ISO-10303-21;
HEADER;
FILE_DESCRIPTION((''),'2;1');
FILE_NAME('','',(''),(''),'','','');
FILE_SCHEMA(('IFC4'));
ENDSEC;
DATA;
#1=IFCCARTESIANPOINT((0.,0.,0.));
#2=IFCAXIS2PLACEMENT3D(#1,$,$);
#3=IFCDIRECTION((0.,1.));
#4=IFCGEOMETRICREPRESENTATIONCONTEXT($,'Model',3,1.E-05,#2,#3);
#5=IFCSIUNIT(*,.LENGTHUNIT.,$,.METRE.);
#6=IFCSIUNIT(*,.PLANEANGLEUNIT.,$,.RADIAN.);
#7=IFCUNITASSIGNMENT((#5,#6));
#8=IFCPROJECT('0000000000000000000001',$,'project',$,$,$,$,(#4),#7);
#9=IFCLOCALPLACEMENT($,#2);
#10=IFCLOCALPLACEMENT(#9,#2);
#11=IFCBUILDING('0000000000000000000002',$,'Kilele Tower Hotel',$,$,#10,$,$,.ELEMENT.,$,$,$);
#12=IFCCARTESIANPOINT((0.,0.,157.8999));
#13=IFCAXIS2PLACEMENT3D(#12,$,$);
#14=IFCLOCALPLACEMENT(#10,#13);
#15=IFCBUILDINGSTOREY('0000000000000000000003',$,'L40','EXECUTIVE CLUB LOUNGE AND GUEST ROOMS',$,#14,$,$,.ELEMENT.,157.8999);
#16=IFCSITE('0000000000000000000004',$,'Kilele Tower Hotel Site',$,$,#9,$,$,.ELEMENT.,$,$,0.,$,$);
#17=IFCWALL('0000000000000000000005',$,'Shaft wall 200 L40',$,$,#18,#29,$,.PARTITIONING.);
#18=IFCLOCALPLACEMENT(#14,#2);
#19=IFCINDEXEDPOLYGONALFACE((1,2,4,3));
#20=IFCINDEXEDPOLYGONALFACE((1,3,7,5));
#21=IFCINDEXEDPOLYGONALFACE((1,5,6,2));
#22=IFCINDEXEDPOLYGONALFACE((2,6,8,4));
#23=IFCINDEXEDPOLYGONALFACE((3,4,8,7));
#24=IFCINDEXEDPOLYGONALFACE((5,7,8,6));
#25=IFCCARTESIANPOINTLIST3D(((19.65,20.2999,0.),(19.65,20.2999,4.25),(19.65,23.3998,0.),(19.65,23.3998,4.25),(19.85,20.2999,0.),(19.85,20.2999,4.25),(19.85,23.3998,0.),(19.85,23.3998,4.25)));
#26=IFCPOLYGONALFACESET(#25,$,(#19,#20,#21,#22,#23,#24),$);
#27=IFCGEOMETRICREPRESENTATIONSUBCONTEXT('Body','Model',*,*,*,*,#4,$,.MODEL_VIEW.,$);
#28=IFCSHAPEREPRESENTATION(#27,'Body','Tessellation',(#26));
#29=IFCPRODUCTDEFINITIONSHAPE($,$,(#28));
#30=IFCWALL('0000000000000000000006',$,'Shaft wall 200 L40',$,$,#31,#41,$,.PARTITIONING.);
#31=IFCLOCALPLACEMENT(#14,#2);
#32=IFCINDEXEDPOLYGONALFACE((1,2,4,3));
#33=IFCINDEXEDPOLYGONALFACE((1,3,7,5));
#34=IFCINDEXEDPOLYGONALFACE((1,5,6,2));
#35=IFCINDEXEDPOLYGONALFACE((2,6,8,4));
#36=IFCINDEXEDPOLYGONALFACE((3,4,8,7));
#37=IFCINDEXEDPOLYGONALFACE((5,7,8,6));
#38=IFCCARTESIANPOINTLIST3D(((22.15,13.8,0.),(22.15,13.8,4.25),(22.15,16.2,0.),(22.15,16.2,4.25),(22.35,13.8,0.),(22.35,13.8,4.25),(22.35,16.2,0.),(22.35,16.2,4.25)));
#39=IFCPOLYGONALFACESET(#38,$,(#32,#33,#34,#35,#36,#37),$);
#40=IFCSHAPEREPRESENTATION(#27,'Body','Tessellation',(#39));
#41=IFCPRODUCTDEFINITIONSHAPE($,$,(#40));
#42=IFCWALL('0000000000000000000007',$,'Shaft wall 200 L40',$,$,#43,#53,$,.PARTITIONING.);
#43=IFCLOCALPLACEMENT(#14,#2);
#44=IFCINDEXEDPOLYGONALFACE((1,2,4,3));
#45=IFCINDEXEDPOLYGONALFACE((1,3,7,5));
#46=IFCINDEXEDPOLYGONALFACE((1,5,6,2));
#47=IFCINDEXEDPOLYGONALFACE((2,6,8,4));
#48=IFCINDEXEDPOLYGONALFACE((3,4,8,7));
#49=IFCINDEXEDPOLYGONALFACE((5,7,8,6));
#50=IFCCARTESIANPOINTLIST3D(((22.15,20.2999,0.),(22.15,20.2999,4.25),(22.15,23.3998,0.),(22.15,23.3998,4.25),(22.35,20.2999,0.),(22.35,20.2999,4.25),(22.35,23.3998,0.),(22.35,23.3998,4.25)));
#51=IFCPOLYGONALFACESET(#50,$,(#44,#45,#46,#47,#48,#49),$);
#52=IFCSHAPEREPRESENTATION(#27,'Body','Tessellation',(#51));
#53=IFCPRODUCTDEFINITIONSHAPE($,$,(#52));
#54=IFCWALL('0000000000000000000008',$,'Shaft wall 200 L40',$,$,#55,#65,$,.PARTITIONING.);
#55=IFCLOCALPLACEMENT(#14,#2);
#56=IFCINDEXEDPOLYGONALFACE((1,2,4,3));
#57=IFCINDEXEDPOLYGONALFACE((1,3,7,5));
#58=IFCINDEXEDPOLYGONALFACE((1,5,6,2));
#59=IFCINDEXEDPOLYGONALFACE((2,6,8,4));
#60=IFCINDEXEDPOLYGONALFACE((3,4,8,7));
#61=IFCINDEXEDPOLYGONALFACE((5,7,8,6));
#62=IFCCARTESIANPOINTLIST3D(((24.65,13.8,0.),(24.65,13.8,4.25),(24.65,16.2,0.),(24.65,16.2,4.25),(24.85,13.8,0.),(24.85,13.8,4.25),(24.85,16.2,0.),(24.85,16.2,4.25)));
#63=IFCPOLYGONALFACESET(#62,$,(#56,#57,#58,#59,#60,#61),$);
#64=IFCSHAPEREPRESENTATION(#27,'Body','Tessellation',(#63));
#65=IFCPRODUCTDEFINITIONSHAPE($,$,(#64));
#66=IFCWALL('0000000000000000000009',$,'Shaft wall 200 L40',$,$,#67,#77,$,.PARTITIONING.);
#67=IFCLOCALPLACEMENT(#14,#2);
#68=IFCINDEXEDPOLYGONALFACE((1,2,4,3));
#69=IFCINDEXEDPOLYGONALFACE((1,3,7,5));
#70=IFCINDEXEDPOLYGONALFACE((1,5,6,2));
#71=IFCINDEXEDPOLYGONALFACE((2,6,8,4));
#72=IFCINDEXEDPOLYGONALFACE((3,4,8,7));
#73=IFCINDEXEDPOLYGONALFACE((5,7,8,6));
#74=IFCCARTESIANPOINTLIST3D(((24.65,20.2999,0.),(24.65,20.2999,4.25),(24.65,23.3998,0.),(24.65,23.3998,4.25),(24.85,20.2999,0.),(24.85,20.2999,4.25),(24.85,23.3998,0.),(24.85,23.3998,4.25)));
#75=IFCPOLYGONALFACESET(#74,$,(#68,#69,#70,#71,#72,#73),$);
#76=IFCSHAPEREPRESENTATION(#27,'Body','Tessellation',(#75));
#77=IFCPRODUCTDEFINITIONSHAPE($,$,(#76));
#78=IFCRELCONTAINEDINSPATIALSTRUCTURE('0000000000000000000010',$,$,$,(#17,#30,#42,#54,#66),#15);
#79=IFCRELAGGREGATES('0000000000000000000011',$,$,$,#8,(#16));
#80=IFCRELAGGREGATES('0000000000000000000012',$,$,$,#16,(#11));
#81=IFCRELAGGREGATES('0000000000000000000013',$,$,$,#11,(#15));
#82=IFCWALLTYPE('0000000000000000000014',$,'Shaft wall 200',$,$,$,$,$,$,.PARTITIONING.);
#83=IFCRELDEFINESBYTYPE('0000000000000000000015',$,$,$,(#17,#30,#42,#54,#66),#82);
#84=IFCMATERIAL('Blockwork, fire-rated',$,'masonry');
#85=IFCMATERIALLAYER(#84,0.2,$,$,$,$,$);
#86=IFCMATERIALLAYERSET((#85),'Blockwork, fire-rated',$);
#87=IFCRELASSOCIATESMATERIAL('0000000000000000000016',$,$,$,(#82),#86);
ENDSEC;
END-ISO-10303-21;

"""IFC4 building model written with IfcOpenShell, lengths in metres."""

from ifc_helpers import new_model, si_unit, direction, frame, frame_2d, origin, place, context, subcontext, project, spatial, rectangle, extrude, material, layer, layer_set, type_object, element, save


model = new_model("IFC4")

# Units and contexts
model_context = context("Model", 3, precision=1e-05, world=origin(), true_north=direction((0.0, 1.0)))
body_context = subcontext(model_context, "Body", "Model", "MODEL_VIEW")
ifc_project = project(units=[si_unit("LENGTHUNIT", "METRE"), si_unit("PLANEANGLEUNIT", "RADIAN")], contexts=[model_context])

# Site, building, storey
site_placement = place(None, origin())
site = spatial("IfcSite", under=ifc_project, at=site_placement, Name="Kilele Tower Hotel Site", CompositionType="ELEMENT", RefElevation=0.0)
building_placement = place(site_placement, origin())
building = spatial("IfcBuilding", under=site, at=building_placement, Name="Kilele Tower Hotel", CompositionType="ELEMENT")
storey_placement = place(building_placement, frame((0.0, 0.0, 157.8999)))
storey = spatial("IfcBuildingStorey", under=building, at=storey_placement, Name="L40", Description="EXECUTIVE CLUB LOUNGE AND GUEST ROOMS", CompositionType="ELEMENT", Elevation=157.8999)

# Walls
ifc_material_1 = material(Name="Blockwork, fire-rated", Category="masonry")
ifc_layer_1 = layer(ifc_material_1, 0.2)
ifc_layer_set_1 = layer_set([ifc_layer_1], Name="Blockwork, fire-rated")
wall_type_1 = type_object("IfcWallType", Name="Shaft wall 200", PredefinedType="PARTITIONING", material=ifc_layer_set_1)
wall_1_placement = place(storey_placement, frame((19.75, 20.3, 0.0), z_axis=(0.0, 0.0, 1.0), x_axis=(0.0, 1.0, 0.0)))
element("IfcWall", 1, at=wall_1_placement, inside=storey, type_object=wall_type_1, Name="Shaft wall 200 L40", PredefinedType="PARTITIONING", context=body_context, shape_type="SweptSolid", body=[
    extrude(rectangle(XDim=3.0999, YDim=0.2, at=frame_2d((1.5498, 0.0))), origin(), (0.0, 0.0, 1.0), 4.25),
])
wall_2_placement = place(storey_placement, frame((22.25, 13.8, 0.0), z_axis=(0.0, 0.0, 1.0), x_axis=(0.0, 1.0, 0.0)))
element("IfcWall", 2, at=wall_2_placement, inside=storey, type_object=wall_type_1, Name="Shaft wall 200 L40", PredefinedType="PARTITIONING", context=body_context, shape_type="SweptSolid", body=[
    extrude(rectangle(XDim=2.3999, YDim=0.2, at=frame_2d((1.2, 0.0))), origin(), (0.0, 0.0, 1.0), 4.25),
])
wall_3_placement = place(storey_placement, frame((22.25, 20.3, 0.0), z_axis=(0.0, 0.0, 1.0), x_axis=(0.0, 1.0, 0.0)))
element("IfcWall", 3, at=wall_3_placement, inside=storey, type_object=wall_type_1, Name="Shaft wall 200 L40", PredefinedType="PARTITIONING", context=body_context, shape_type="SweptSolid", body=[
    extrude(rectangle(XDim=3.0999, YDim=0.2, at=frame_2d((1.5498, 0.0))), origin(), (0.0, 0.0, 1.0), 4.25),
])
wall_4_placement = place(storey_placement, frame((24.75, 13.8, 0.0), z_axis=(0.0, 0.0, 1.0), x_axis=(0.0, 1.0, 0.0)))
element("IfcWall", 4, at=wall_4_placement, inside=storey, type_object=wall_type_1, Name="Shaft wall 200 L40", PredefinedType="PARTITIONING", context=body_context, shape_type="SweptSolid", body=[
    extrude(rectangle(XDim=2.3999, YDim=0.2, at=frame_2d((1.2, 0.0))), origin(), (0.0, 0.0, 1.0), 4.25),
])
wall_5_placement = place(storey_placement, frame((24.75, 20.3, 0.0), z_axis=(0.0, 0.0, 1.0), x_axis=(0.0, 1.0, 0.0)))
element("IfcWall", 5, at=wall_5_placement, inside=storey, type_object=wall_type_1, Name="Shaft wall 200 L40", PredefinedType="PARTITIONING", context=body_context, shape_type="SweptSolid", body=[
    extrude(rectangle(XDim=3.0999, YDim=0.2, at=frame_2d((1.5498, 0.0))), origin(), (0.0, 0.0, 1.0), 4.25),
])

save(model, "model.ifc")
